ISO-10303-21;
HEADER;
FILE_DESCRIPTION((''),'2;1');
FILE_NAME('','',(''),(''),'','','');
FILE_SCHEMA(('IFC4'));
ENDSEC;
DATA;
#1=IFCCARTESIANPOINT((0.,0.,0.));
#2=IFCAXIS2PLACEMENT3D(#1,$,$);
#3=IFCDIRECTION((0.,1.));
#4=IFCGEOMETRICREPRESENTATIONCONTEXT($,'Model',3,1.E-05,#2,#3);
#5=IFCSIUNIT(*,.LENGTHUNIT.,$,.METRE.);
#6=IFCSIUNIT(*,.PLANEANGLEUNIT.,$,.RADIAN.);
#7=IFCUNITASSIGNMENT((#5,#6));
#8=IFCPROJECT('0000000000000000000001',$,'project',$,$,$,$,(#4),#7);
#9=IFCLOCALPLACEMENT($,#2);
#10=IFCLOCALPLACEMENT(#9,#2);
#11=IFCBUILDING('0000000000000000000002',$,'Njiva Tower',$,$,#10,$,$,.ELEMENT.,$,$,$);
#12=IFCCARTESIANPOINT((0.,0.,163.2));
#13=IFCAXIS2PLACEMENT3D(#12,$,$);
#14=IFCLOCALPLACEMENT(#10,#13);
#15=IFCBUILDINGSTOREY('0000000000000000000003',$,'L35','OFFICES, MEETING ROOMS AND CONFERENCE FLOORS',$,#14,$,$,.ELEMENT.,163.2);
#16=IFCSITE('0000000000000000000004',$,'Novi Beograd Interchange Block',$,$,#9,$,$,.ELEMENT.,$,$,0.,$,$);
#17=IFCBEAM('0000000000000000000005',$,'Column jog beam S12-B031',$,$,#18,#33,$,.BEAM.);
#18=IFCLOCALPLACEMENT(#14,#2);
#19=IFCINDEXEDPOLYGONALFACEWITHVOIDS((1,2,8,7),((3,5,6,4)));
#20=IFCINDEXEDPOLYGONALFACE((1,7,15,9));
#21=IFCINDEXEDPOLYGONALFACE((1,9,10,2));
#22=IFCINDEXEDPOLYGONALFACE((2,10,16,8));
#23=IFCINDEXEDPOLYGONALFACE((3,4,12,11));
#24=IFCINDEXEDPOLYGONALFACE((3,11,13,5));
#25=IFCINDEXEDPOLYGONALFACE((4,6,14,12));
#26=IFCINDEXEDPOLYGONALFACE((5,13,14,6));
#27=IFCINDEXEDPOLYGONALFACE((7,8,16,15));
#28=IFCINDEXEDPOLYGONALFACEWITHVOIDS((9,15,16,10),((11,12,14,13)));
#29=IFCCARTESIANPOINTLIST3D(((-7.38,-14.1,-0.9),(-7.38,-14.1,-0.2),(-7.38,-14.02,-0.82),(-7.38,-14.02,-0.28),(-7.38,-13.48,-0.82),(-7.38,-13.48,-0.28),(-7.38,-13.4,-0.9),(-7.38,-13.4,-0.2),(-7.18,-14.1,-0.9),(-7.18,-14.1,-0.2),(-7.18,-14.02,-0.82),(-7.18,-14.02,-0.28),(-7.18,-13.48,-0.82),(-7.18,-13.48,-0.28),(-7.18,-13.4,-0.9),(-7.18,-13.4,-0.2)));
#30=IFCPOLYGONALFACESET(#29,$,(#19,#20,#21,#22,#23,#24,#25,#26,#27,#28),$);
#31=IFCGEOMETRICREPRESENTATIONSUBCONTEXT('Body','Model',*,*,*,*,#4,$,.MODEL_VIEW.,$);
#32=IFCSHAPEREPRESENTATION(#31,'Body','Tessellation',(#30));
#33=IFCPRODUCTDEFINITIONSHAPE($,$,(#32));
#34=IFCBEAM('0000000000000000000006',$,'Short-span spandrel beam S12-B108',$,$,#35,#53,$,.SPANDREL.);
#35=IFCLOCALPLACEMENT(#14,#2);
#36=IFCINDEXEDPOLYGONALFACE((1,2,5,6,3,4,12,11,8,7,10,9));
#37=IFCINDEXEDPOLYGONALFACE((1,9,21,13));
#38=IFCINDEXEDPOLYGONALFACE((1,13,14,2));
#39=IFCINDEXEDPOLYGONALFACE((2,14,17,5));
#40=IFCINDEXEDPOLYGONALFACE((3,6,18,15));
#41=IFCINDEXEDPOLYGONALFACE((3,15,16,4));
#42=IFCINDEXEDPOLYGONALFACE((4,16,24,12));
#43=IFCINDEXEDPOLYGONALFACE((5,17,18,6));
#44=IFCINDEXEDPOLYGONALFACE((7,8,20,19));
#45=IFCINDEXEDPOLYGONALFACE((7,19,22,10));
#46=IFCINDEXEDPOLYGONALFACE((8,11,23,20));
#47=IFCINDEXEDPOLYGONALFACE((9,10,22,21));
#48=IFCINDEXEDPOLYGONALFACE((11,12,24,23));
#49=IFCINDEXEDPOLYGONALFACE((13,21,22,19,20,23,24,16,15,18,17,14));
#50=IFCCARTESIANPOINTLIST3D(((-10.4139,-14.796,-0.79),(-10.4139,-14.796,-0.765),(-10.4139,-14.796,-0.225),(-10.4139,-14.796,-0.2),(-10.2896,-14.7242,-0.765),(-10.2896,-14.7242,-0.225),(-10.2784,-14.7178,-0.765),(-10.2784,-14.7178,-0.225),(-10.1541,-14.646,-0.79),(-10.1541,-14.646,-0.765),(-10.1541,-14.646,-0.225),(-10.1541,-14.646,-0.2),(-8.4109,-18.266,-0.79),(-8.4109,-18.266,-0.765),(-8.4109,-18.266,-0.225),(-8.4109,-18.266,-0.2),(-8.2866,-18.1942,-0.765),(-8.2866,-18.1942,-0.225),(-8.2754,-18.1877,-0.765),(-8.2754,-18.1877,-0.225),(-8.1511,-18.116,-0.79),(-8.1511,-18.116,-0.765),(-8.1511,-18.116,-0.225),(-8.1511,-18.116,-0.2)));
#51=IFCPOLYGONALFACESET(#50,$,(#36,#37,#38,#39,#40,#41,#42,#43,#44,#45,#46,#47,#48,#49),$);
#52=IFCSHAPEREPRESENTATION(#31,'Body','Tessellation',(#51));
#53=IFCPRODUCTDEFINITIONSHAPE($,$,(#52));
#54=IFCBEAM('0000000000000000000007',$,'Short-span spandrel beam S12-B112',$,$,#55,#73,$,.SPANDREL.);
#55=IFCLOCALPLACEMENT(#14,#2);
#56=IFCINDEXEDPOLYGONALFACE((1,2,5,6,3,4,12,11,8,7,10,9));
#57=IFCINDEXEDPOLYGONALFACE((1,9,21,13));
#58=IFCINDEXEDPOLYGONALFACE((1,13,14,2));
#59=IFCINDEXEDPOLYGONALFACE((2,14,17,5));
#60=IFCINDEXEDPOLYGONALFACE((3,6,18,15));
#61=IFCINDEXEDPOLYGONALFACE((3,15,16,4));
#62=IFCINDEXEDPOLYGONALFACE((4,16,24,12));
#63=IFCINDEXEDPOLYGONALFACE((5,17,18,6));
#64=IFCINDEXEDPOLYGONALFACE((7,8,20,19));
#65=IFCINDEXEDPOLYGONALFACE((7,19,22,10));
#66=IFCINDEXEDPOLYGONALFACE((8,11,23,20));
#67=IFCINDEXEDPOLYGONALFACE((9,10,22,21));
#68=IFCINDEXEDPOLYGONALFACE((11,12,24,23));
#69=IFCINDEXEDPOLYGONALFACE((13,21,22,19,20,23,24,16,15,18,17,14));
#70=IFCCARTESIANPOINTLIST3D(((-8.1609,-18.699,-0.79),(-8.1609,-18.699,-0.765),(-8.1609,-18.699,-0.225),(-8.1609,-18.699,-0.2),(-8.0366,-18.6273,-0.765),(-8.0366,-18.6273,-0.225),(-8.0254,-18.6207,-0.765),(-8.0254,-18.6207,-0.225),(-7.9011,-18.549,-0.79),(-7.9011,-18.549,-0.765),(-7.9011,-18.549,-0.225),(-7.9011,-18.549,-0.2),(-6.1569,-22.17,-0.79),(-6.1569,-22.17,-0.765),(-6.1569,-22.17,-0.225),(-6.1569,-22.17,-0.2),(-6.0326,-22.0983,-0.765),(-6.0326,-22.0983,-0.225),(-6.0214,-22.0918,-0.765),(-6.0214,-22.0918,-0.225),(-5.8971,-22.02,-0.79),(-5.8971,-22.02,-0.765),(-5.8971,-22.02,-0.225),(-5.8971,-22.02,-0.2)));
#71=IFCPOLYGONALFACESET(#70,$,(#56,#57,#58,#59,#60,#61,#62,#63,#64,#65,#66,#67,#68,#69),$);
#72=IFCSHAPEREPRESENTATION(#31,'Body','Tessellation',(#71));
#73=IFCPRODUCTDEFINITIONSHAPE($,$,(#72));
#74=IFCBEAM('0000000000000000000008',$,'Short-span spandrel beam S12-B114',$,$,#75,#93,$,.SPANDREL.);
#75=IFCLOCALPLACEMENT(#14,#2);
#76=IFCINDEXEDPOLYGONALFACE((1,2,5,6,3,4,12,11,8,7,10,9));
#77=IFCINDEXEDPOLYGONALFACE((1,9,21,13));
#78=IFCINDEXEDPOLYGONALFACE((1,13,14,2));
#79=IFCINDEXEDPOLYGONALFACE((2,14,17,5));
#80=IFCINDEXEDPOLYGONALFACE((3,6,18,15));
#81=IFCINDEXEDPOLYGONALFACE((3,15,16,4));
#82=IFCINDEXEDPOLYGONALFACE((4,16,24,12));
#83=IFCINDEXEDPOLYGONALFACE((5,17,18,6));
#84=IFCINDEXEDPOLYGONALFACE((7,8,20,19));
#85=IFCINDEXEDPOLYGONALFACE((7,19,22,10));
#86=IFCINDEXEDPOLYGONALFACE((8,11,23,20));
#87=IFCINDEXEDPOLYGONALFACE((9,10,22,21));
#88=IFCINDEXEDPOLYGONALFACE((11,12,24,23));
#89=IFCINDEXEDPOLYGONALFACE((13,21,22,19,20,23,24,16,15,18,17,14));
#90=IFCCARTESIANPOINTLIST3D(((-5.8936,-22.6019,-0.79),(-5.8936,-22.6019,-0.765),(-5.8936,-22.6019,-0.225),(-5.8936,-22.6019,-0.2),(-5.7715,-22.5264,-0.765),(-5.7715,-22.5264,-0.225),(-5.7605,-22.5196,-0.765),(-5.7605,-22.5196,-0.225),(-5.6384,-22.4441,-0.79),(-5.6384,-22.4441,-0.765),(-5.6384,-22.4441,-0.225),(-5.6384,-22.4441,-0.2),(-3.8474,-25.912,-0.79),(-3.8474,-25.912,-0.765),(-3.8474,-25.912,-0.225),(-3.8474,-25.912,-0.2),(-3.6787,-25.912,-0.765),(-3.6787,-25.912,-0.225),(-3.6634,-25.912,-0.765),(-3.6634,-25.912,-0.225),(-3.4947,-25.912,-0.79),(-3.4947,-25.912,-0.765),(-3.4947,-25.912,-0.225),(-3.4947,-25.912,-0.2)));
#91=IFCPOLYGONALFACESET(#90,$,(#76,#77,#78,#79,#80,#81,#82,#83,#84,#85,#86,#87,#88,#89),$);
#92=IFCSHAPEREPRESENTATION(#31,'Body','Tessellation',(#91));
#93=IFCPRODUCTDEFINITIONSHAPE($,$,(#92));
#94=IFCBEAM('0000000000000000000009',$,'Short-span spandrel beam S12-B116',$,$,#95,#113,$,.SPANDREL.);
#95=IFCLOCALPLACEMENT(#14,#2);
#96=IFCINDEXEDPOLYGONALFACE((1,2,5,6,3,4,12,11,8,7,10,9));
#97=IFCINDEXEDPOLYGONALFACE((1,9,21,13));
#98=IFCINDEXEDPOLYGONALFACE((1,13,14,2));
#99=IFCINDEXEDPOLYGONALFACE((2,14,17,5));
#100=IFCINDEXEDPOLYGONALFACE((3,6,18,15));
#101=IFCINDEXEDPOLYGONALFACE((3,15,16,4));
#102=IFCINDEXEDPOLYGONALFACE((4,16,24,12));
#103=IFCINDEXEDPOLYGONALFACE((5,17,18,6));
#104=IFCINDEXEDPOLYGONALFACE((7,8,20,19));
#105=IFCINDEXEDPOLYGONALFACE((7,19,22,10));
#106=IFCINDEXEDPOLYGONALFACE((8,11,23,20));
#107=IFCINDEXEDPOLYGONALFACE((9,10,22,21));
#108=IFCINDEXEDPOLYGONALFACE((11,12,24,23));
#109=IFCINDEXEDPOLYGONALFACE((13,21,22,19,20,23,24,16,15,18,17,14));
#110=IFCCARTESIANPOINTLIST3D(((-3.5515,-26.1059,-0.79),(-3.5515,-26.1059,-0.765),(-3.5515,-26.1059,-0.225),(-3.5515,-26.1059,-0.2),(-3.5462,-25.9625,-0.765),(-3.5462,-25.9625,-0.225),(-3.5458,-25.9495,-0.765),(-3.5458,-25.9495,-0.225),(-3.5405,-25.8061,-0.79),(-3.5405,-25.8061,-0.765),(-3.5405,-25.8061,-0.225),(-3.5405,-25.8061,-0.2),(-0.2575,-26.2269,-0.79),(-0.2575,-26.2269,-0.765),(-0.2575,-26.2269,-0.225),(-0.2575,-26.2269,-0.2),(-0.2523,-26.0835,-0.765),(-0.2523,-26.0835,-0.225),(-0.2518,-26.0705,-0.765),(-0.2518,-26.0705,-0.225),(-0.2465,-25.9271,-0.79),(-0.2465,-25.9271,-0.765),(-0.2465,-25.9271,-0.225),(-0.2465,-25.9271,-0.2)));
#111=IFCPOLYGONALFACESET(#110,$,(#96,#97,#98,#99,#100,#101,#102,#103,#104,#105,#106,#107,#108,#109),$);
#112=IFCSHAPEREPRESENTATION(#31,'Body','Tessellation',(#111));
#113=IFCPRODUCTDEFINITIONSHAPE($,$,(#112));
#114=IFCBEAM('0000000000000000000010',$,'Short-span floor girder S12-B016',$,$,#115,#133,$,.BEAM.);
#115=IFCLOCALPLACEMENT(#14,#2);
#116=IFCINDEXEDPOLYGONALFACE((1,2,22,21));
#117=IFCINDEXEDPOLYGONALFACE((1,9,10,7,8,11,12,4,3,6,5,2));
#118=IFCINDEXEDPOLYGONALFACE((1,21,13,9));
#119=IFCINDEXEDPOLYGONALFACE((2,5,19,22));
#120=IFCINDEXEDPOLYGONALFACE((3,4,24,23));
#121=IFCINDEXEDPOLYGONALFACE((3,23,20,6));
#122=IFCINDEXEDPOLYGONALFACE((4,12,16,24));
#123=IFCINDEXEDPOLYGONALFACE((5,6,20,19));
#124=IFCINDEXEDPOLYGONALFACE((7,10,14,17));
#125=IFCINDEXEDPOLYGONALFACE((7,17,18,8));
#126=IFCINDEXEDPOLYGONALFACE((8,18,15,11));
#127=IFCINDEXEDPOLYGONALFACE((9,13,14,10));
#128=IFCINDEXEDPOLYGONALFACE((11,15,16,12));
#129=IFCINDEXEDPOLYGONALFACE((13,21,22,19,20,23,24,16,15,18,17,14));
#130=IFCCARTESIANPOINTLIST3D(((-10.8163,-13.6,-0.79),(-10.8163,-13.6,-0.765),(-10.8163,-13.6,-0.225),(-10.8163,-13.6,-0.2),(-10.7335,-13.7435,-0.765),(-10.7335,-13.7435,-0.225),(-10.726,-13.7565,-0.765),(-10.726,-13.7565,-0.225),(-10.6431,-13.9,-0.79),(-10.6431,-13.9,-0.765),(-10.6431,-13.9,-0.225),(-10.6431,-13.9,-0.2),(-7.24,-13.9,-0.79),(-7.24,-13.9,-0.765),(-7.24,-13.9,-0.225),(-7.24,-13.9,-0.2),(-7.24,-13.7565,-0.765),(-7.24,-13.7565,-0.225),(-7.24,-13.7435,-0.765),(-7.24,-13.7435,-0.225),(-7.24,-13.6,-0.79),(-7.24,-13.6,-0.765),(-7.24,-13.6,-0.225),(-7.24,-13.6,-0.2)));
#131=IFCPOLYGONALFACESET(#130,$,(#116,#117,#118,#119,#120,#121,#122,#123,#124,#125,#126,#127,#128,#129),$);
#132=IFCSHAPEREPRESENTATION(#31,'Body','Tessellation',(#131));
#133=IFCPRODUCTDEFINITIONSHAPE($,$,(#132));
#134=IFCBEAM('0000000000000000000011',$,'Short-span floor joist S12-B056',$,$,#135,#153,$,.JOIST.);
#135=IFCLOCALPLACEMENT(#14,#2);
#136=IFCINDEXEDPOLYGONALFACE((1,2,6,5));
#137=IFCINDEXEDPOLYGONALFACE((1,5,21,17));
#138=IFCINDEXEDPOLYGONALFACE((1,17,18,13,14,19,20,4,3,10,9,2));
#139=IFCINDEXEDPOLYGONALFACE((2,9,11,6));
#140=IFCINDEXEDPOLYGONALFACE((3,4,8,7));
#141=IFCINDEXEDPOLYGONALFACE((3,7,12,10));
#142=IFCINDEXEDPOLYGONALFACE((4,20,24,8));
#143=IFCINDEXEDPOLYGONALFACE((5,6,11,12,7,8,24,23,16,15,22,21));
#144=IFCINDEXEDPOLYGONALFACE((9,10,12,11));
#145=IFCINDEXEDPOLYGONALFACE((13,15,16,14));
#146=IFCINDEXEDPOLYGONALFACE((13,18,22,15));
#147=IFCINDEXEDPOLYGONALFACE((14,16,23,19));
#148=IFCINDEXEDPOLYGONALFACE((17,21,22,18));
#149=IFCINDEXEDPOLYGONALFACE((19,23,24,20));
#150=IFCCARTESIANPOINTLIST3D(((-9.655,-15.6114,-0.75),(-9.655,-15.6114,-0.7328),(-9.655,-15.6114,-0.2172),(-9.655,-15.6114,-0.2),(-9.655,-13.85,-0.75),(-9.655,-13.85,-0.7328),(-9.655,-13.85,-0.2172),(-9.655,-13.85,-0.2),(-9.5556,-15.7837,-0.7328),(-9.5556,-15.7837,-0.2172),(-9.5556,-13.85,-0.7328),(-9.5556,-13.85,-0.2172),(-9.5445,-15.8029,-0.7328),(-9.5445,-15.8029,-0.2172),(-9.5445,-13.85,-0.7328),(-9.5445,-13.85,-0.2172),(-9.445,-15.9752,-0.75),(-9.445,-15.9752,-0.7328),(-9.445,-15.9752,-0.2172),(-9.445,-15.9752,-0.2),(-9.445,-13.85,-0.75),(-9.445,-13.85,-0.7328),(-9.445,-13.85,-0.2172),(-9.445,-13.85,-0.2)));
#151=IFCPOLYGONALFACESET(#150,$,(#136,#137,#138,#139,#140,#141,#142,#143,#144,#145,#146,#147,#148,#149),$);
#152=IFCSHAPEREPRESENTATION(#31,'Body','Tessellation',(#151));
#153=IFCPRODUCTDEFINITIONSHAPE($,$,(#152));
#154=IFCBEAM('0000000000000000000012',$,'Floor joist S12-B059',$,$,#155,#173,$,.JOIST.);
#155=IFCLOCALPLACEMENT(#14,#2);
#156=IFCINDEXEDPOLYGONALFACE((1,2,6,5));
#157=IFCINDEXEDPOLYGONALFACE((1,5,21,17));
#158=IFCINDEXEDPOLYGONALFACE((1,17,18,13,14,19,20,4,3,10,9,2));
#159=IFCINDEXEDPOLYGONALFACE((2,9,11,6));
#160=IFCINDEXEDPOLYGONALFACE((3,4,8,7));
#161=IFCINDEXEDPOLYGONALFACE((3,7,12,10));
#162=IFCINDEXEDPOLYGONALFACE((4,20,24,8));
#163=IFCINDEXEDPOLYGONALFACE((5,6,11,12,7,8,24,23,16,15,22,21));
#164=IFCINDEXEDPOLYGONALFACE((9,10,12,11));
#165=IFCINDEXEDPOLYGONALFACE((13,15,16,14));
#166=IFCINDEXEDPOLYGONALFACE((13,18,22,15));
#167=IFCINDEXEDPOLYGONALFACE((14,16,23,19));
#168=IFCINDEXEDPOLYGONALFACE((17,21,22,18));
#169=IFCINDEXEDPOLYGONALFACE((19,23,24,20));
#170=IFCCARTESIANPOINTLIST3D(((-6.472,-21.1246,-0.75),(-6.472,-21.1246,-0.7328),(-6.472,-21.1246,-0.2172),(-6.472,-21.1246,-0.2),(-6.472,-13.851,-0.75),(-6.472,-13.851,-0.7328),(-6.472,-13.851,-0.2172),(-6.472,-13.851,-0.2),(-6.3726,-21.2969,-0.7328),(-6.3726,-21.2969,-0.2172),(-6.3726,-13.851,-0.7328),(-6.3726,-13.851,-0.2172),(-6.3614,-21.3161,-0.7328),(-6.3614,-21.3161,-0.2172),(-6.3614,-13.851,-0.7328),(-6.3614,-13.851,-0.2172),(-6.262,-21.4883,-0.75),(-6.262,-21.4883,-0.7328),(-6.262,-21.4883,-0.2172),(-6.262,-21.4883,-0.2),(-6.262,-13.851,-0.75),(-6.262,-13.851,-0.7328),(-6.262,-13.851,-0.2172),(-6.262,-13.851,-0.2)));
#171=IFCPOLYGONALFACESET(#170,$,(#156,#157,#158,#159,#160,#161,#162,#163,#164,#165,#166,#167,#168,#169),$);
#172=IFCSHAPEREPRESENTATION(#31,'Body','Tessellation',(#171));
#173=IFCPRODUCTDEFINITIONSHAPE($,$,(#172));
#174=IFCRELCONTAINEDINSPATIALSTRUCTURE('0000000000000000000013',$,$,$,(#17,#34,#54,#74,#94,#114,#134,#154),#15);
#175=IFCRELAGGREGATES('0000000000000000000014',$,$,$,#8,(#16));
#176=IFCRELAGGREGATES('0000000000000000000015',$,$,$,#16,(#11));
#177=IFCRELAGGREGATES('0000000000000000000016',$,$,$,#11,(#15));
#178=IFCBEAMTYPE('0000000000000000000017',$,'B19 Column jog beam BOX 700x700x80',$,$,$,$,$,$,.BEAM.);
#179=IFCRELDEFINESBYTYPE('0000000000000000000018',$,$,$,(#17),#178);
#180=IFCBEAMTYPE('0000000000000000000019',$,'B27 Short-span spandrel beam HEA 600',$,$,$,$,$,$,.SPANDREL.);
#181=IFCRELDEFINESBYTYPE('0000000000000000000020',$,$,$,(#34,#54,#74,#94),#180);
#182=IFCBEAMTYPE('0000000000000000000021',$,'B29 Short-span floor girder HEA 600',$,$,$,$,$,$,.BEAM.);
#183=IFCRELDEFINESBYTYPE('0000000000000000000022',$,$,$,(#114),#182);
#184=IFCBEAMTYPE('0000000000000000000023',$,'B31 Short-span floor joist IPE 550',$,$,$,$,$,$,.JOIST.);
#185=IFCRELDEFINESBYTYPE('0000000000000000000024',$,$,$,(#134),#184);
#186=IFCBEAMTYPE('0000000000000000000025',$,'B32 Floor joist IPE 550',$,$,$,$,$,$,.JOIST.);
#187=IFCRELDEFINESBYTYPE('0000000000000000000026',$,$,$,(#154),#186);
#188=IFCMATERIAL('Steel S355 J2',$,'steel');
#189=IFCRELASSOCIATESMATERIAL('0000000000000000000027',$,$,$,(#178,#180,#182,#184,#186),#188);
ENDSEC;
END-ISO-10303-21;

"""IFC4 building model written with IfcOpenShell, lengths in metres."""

from ifc_helpers import new_model, si_unit, direction, frame, origin, origin_2d, place, context, subcontext, project, spatial, hollow_rectangle, i_section, extrude, clip, halfspace, material, material_profile, profile_set, type_object, element, save


model = new_model("IFC4")

# Units and contexts
model_context = context("Model", 3, precision=1e-05, world=origin(), true_north=direction((0.0, 1.0)))
body_context = subcontext(model_context, "Body", "Model", "MODEL_VIEW")
ifc_project = project(units=[si_unit("LENGTHUNIT", "METRE"), si_unit("PLANEANGLEUNIT", "RADIAN")], contexts=[model_context])

# Site, building, storey
site_placement = place(None, origin())
site = spatial("IfcSite", under=ifc_project, at=site_placement, Name="Novi Beograd Interchange Block", CompositionType="ELEMENT", RefElevation=0.0)
building_placement = place(site_placement, origin())
building = spatial("IfcBuilding", under=site, at=building_placement, Name="Njiva Tower", CompositionType="ELEMENT")
storey_placement = place(building_placement, frame((0.0, 0.0, 163.2)))
storey = spatial("IfcBuildingStorey", under=building, at=storey_placement, Name="L35", Description="OFFICES, MEETING ROOMS AND CONFERENCE FLOORS", CompositionType="ELEMENT", Elevation=163.2)

# Shared definitions
ifc_material_1 = material(Name="Steel S355 J2", Category="steel")

# Beams
ifc_material_profile_1 = material_profile(ifc_material_1, hollow_rectangle(XDim=0.7, YDim=0.7, WallThickness=0.08, at=origin_2d()), Name="BOX 700x700x80")
ifc_profile_set_1 = profile_set([ifc_material_profile_1], Name="Steel S355 J2")
beam_type_1 = type_object("IfcBeamType", Name="B19 Column jog beam BOX 700x700x80", PredefinedType="BEAM", material=ifc_profile_set_1)
beam_1_placement = place(storey_placement, frame((-7.38, -13.75, -0.55), z_axis=(1.0, 0.0, 0.0), x_axis=(0.0, 1.0, 0.0)))
element("IfcBeam", 1, at=beam_1_placement, inside=storey, type_object=beam_type_1, Name="Column jog beam S12-B031", PredefinedType="BEAM", context=body_context, shape_type="SweptSolid", body=[
    extrude(hollow_rectangle(XDim=0.7, YDim=0.7, WallThickness=0.08, at=origin_2d()), origin(), (0.0, 0.0, 1.0), 0.2),
])
ifc_material_profile_2 = material_profile(ifc_material_1, i_section(OverallWidth=0.3, OverallDepth=0.59, WebThickness=0.013, FlangeThickness=0.025, at=origin_2d()), Name="HEA 600")
ifc_profile_set_2 = profile_set([ifc_material_profile_2], Name="Steel S355 J2")
beam_type_2 = type_object("IfcBeamType", Name="B27 Short-span spandrel beam HEA 600", PredefinedType="SPANDREL", material=ifc_profile_set_2)
beam_2_placement = place(storey_placement, frame((-10.284, -14.721, -0.495), z_axis=(0.499924, -0.866069, 0.0), x_axis=(0.866069, 0.499924, 0.0)))
element("IfcBeam", 2, at=beam_2_placement, inside=storey, type_object=beam_type_2, Name="Short-span spandrel beam S12-B108", PredefinedType="SPANDREL", context=body_context, shape_type="SweptSolid", body=[
    extrude(i_section(OverallWidth=0.3, OverallDepth=0.59, WebThickness=0.013, FlangeThickness=0.025, at=origin_2d()), origin(), (0.0, 0.0, 1.0), 4.0066),
])
beam_3_placement = place(storey_placement, frame((-8.031, -18.624, -0.495), z_axis=(0.500003, -0.866024, 0.0), x_axis=(0.866024, 0.500003, 0.0)))
element("IfcBeam", 3, at=beam_3_placement, inside=storey, type_object=beam_type_2, Name="Short-span spandrel beam S12-B112", PredefinedType="SPANDREL", context=body_context, shape_type="SweptSolid", body=[
    extrude(i_section(OverallWidth=0.3, OverallDepth=0.59, WebThickness=0.013, FlangeThickness=0.025, at=origin_2d()), origin(), (0.0, 0.0, 1.0), 4.008),
])
beam_4_placement = place(storey_placement, frame((-5.766, -22.523, -0.495), z_axis=(0.525819, -0.850597, 0.0), x_axis=(0.850597, 0.525819, 0.0)))
element("IfcBeam", 4, at=beam_4_placement, inside=storey, type_object=beam_type_2, Name="Short-span spandrel beam S12-B114", PredefinedType="SPANDREL", context=body_context, shape_type="Clipping", body=[
    clip(extrude(i_section(OverallWidth=0.3, OverallDepth=0.59, WebThickness=0.013, FlangeThickness=0.025, at=origin_2d()), origin(), (0.0, 0.0, 1.0), 4.0973), halfspace(frame((-0.0266, 0.0, 3.9678), z_axis=(-0.525819, 0.0, 0.850597), x_axis=(0.0, 1.0, 0.0)), False)),
])
beam_5_placement = place(storey_placement, frame((-3.546, -25.956, -0.495), z_axis=(0.999326, -0.036709, 0.0), x_axis=(0.036709, 0.999326, 0.0)))
element("IfcBeam", 5, at=beam_5_placement, inside=storey, type_object=beam_type_2, Name="Short-span spandrel beam S12-B116", PredefinedType="SPANDREL", context=body_context, shape_type="SweptSolid", body=[
    extrude(i_section(OverallWidth=0.3, OverallDepth=0.59, WebThickness=0.013, FlangeThickness=0.025, at=origin_2d()), origin(), (0.0, 0.0, 1.0), 3.2962),
])
ifc_material_profile_3 = material_profile(ifc_material_1, i_section(OverallWidth=0.3, OverallDepth=0.59, WebThickness=0.013, FlangeThickness=0.025, at=origin_2d()), Name="HEA 600")
ifc_profile_set_3 = profile_set([ifc_material_profile_3], Name="Steel S355 J2")
beam_type_3 = type_object("IfcBeamType", Name="B29 Short-span floor girder HEA 600", PredefinedType="BEAM", material=ifc_profile_set_3)
beam_6_placement = place(storey_placement, frame((-10.837, -13.75, -0.495), z_axis=(1.0, 0.0, 0.0), x_axis=(0.0, 1.0, 0.0)))
element("IfcBeam", 6, at=beam_6_placement, inside=storey, type_object=beam_type_3, Name="Short-span floor girder S12-B016", PredefinedType="BEAM", context=body_context, shape_type="Clipping", body=[
    clip(extrude(i_section(OverallWidth=0.3, OverallDepth=0.59, WebThickness=0.013, FlangeThickness=0.025, at=origin_2d()), origin(), (0.0, 0.0, 1.0), 3.597), halfspace(frame((-0.025, 0.0, 0.1217), z_axis=(-0.499998, 0.0, -0.866027), x_axis=(0.0, -1.0, 0.0)), False)),
])
ifc_material_profile_4 = material_profile(ifc_material_1, i_section(OverallWidth=0.21, OverallDepth=0.55, WebThickness=0.0111, FlangeThickness=0.0172, at=origin_2d()), Name="IPE 550")
ifc_profile_set_4 = profile_set([ifc_material_profile_4], Name="Steel S355 J2")
beam_type_4 = type_object("IfcBeamType", Name="B31 Short-span floor joist IPE 550", PredefinedType="JOIST", material=ifc_profile_set_4)
beam_7_placement = place(storey_placement, frame((-9.55, -13.85, -0.475), z_axis=(0.0, -1.0, 0.0), x_axis=(1.0, 0.0, 0.0)))
element("IfcBeam", 7, at=beam_7_placement, inside=storey, type_object=beam_type_4, Name="Short-span floor joist S12-B056", PredefinedType="JOIST", context=body_context, shape_type="Clipping", body=[
    clip(extrude(i_section(OverallWidth=0.21, OverallDepth=0.55, WebThickness=0.0111, FlangeThickness=0.0172, at=origin_2d()), origin(), (0.0, 0.0, 1.0), 2.145), halfspace(frame((-0.0433, 0.0, 1.8683), z_axis=(-0.866027, 0.0, 0.499998), x_axis=(0.0, 1.0, 0.0)), False)),
])
ifc_material_profile_5 = material_profile(ifc_material_1, i_section(OverallWidth=0.21, OverallDepth=0.55, WebThickness=0.0111, FlangeThickness=0.0172, at=origin_2d()), Name="IPE 550")
ifc_profile_set_5 = profile_set([ifc_material_profile_5], Name="Steel S355 J2")
beam_type_5 = type_object("IfcBeamType", Name="B32 Floor joist IPE 550", PredefinedType="JOIST", material=ifc_profile_set_5)
beam_8_placement = place(storey_placement, frame((-6.367, -13.851, -0.475), z_axis=(0.0, -1.0, 0.0), x_axis=(1.0, 0.0, 0.0)))
element("IfcBeam", 8, at=beam_8_placement, inside=storey, type_object=beam_type_5, Name="Floor joist S12-B059", PredefinedType="JOIST", context=body_context, shape_type="Clipping", body=[
    clip(extrude(i_section(OverallWidth=0.21, OverallDepth=0.55, WebThickness=0.0111, FlangeThickness=0.0172, at=origin_2d()), origin(), (0.0, 0.0, 1.0), 7.658), halfspace(frame((-0.043, 0.0, 7.381), z_axis=(-0.866027, 0.0, 0.499998), x_axis=(0.0, 1.0, 0.0)), False)),
])

save(model, "model.ifc")
